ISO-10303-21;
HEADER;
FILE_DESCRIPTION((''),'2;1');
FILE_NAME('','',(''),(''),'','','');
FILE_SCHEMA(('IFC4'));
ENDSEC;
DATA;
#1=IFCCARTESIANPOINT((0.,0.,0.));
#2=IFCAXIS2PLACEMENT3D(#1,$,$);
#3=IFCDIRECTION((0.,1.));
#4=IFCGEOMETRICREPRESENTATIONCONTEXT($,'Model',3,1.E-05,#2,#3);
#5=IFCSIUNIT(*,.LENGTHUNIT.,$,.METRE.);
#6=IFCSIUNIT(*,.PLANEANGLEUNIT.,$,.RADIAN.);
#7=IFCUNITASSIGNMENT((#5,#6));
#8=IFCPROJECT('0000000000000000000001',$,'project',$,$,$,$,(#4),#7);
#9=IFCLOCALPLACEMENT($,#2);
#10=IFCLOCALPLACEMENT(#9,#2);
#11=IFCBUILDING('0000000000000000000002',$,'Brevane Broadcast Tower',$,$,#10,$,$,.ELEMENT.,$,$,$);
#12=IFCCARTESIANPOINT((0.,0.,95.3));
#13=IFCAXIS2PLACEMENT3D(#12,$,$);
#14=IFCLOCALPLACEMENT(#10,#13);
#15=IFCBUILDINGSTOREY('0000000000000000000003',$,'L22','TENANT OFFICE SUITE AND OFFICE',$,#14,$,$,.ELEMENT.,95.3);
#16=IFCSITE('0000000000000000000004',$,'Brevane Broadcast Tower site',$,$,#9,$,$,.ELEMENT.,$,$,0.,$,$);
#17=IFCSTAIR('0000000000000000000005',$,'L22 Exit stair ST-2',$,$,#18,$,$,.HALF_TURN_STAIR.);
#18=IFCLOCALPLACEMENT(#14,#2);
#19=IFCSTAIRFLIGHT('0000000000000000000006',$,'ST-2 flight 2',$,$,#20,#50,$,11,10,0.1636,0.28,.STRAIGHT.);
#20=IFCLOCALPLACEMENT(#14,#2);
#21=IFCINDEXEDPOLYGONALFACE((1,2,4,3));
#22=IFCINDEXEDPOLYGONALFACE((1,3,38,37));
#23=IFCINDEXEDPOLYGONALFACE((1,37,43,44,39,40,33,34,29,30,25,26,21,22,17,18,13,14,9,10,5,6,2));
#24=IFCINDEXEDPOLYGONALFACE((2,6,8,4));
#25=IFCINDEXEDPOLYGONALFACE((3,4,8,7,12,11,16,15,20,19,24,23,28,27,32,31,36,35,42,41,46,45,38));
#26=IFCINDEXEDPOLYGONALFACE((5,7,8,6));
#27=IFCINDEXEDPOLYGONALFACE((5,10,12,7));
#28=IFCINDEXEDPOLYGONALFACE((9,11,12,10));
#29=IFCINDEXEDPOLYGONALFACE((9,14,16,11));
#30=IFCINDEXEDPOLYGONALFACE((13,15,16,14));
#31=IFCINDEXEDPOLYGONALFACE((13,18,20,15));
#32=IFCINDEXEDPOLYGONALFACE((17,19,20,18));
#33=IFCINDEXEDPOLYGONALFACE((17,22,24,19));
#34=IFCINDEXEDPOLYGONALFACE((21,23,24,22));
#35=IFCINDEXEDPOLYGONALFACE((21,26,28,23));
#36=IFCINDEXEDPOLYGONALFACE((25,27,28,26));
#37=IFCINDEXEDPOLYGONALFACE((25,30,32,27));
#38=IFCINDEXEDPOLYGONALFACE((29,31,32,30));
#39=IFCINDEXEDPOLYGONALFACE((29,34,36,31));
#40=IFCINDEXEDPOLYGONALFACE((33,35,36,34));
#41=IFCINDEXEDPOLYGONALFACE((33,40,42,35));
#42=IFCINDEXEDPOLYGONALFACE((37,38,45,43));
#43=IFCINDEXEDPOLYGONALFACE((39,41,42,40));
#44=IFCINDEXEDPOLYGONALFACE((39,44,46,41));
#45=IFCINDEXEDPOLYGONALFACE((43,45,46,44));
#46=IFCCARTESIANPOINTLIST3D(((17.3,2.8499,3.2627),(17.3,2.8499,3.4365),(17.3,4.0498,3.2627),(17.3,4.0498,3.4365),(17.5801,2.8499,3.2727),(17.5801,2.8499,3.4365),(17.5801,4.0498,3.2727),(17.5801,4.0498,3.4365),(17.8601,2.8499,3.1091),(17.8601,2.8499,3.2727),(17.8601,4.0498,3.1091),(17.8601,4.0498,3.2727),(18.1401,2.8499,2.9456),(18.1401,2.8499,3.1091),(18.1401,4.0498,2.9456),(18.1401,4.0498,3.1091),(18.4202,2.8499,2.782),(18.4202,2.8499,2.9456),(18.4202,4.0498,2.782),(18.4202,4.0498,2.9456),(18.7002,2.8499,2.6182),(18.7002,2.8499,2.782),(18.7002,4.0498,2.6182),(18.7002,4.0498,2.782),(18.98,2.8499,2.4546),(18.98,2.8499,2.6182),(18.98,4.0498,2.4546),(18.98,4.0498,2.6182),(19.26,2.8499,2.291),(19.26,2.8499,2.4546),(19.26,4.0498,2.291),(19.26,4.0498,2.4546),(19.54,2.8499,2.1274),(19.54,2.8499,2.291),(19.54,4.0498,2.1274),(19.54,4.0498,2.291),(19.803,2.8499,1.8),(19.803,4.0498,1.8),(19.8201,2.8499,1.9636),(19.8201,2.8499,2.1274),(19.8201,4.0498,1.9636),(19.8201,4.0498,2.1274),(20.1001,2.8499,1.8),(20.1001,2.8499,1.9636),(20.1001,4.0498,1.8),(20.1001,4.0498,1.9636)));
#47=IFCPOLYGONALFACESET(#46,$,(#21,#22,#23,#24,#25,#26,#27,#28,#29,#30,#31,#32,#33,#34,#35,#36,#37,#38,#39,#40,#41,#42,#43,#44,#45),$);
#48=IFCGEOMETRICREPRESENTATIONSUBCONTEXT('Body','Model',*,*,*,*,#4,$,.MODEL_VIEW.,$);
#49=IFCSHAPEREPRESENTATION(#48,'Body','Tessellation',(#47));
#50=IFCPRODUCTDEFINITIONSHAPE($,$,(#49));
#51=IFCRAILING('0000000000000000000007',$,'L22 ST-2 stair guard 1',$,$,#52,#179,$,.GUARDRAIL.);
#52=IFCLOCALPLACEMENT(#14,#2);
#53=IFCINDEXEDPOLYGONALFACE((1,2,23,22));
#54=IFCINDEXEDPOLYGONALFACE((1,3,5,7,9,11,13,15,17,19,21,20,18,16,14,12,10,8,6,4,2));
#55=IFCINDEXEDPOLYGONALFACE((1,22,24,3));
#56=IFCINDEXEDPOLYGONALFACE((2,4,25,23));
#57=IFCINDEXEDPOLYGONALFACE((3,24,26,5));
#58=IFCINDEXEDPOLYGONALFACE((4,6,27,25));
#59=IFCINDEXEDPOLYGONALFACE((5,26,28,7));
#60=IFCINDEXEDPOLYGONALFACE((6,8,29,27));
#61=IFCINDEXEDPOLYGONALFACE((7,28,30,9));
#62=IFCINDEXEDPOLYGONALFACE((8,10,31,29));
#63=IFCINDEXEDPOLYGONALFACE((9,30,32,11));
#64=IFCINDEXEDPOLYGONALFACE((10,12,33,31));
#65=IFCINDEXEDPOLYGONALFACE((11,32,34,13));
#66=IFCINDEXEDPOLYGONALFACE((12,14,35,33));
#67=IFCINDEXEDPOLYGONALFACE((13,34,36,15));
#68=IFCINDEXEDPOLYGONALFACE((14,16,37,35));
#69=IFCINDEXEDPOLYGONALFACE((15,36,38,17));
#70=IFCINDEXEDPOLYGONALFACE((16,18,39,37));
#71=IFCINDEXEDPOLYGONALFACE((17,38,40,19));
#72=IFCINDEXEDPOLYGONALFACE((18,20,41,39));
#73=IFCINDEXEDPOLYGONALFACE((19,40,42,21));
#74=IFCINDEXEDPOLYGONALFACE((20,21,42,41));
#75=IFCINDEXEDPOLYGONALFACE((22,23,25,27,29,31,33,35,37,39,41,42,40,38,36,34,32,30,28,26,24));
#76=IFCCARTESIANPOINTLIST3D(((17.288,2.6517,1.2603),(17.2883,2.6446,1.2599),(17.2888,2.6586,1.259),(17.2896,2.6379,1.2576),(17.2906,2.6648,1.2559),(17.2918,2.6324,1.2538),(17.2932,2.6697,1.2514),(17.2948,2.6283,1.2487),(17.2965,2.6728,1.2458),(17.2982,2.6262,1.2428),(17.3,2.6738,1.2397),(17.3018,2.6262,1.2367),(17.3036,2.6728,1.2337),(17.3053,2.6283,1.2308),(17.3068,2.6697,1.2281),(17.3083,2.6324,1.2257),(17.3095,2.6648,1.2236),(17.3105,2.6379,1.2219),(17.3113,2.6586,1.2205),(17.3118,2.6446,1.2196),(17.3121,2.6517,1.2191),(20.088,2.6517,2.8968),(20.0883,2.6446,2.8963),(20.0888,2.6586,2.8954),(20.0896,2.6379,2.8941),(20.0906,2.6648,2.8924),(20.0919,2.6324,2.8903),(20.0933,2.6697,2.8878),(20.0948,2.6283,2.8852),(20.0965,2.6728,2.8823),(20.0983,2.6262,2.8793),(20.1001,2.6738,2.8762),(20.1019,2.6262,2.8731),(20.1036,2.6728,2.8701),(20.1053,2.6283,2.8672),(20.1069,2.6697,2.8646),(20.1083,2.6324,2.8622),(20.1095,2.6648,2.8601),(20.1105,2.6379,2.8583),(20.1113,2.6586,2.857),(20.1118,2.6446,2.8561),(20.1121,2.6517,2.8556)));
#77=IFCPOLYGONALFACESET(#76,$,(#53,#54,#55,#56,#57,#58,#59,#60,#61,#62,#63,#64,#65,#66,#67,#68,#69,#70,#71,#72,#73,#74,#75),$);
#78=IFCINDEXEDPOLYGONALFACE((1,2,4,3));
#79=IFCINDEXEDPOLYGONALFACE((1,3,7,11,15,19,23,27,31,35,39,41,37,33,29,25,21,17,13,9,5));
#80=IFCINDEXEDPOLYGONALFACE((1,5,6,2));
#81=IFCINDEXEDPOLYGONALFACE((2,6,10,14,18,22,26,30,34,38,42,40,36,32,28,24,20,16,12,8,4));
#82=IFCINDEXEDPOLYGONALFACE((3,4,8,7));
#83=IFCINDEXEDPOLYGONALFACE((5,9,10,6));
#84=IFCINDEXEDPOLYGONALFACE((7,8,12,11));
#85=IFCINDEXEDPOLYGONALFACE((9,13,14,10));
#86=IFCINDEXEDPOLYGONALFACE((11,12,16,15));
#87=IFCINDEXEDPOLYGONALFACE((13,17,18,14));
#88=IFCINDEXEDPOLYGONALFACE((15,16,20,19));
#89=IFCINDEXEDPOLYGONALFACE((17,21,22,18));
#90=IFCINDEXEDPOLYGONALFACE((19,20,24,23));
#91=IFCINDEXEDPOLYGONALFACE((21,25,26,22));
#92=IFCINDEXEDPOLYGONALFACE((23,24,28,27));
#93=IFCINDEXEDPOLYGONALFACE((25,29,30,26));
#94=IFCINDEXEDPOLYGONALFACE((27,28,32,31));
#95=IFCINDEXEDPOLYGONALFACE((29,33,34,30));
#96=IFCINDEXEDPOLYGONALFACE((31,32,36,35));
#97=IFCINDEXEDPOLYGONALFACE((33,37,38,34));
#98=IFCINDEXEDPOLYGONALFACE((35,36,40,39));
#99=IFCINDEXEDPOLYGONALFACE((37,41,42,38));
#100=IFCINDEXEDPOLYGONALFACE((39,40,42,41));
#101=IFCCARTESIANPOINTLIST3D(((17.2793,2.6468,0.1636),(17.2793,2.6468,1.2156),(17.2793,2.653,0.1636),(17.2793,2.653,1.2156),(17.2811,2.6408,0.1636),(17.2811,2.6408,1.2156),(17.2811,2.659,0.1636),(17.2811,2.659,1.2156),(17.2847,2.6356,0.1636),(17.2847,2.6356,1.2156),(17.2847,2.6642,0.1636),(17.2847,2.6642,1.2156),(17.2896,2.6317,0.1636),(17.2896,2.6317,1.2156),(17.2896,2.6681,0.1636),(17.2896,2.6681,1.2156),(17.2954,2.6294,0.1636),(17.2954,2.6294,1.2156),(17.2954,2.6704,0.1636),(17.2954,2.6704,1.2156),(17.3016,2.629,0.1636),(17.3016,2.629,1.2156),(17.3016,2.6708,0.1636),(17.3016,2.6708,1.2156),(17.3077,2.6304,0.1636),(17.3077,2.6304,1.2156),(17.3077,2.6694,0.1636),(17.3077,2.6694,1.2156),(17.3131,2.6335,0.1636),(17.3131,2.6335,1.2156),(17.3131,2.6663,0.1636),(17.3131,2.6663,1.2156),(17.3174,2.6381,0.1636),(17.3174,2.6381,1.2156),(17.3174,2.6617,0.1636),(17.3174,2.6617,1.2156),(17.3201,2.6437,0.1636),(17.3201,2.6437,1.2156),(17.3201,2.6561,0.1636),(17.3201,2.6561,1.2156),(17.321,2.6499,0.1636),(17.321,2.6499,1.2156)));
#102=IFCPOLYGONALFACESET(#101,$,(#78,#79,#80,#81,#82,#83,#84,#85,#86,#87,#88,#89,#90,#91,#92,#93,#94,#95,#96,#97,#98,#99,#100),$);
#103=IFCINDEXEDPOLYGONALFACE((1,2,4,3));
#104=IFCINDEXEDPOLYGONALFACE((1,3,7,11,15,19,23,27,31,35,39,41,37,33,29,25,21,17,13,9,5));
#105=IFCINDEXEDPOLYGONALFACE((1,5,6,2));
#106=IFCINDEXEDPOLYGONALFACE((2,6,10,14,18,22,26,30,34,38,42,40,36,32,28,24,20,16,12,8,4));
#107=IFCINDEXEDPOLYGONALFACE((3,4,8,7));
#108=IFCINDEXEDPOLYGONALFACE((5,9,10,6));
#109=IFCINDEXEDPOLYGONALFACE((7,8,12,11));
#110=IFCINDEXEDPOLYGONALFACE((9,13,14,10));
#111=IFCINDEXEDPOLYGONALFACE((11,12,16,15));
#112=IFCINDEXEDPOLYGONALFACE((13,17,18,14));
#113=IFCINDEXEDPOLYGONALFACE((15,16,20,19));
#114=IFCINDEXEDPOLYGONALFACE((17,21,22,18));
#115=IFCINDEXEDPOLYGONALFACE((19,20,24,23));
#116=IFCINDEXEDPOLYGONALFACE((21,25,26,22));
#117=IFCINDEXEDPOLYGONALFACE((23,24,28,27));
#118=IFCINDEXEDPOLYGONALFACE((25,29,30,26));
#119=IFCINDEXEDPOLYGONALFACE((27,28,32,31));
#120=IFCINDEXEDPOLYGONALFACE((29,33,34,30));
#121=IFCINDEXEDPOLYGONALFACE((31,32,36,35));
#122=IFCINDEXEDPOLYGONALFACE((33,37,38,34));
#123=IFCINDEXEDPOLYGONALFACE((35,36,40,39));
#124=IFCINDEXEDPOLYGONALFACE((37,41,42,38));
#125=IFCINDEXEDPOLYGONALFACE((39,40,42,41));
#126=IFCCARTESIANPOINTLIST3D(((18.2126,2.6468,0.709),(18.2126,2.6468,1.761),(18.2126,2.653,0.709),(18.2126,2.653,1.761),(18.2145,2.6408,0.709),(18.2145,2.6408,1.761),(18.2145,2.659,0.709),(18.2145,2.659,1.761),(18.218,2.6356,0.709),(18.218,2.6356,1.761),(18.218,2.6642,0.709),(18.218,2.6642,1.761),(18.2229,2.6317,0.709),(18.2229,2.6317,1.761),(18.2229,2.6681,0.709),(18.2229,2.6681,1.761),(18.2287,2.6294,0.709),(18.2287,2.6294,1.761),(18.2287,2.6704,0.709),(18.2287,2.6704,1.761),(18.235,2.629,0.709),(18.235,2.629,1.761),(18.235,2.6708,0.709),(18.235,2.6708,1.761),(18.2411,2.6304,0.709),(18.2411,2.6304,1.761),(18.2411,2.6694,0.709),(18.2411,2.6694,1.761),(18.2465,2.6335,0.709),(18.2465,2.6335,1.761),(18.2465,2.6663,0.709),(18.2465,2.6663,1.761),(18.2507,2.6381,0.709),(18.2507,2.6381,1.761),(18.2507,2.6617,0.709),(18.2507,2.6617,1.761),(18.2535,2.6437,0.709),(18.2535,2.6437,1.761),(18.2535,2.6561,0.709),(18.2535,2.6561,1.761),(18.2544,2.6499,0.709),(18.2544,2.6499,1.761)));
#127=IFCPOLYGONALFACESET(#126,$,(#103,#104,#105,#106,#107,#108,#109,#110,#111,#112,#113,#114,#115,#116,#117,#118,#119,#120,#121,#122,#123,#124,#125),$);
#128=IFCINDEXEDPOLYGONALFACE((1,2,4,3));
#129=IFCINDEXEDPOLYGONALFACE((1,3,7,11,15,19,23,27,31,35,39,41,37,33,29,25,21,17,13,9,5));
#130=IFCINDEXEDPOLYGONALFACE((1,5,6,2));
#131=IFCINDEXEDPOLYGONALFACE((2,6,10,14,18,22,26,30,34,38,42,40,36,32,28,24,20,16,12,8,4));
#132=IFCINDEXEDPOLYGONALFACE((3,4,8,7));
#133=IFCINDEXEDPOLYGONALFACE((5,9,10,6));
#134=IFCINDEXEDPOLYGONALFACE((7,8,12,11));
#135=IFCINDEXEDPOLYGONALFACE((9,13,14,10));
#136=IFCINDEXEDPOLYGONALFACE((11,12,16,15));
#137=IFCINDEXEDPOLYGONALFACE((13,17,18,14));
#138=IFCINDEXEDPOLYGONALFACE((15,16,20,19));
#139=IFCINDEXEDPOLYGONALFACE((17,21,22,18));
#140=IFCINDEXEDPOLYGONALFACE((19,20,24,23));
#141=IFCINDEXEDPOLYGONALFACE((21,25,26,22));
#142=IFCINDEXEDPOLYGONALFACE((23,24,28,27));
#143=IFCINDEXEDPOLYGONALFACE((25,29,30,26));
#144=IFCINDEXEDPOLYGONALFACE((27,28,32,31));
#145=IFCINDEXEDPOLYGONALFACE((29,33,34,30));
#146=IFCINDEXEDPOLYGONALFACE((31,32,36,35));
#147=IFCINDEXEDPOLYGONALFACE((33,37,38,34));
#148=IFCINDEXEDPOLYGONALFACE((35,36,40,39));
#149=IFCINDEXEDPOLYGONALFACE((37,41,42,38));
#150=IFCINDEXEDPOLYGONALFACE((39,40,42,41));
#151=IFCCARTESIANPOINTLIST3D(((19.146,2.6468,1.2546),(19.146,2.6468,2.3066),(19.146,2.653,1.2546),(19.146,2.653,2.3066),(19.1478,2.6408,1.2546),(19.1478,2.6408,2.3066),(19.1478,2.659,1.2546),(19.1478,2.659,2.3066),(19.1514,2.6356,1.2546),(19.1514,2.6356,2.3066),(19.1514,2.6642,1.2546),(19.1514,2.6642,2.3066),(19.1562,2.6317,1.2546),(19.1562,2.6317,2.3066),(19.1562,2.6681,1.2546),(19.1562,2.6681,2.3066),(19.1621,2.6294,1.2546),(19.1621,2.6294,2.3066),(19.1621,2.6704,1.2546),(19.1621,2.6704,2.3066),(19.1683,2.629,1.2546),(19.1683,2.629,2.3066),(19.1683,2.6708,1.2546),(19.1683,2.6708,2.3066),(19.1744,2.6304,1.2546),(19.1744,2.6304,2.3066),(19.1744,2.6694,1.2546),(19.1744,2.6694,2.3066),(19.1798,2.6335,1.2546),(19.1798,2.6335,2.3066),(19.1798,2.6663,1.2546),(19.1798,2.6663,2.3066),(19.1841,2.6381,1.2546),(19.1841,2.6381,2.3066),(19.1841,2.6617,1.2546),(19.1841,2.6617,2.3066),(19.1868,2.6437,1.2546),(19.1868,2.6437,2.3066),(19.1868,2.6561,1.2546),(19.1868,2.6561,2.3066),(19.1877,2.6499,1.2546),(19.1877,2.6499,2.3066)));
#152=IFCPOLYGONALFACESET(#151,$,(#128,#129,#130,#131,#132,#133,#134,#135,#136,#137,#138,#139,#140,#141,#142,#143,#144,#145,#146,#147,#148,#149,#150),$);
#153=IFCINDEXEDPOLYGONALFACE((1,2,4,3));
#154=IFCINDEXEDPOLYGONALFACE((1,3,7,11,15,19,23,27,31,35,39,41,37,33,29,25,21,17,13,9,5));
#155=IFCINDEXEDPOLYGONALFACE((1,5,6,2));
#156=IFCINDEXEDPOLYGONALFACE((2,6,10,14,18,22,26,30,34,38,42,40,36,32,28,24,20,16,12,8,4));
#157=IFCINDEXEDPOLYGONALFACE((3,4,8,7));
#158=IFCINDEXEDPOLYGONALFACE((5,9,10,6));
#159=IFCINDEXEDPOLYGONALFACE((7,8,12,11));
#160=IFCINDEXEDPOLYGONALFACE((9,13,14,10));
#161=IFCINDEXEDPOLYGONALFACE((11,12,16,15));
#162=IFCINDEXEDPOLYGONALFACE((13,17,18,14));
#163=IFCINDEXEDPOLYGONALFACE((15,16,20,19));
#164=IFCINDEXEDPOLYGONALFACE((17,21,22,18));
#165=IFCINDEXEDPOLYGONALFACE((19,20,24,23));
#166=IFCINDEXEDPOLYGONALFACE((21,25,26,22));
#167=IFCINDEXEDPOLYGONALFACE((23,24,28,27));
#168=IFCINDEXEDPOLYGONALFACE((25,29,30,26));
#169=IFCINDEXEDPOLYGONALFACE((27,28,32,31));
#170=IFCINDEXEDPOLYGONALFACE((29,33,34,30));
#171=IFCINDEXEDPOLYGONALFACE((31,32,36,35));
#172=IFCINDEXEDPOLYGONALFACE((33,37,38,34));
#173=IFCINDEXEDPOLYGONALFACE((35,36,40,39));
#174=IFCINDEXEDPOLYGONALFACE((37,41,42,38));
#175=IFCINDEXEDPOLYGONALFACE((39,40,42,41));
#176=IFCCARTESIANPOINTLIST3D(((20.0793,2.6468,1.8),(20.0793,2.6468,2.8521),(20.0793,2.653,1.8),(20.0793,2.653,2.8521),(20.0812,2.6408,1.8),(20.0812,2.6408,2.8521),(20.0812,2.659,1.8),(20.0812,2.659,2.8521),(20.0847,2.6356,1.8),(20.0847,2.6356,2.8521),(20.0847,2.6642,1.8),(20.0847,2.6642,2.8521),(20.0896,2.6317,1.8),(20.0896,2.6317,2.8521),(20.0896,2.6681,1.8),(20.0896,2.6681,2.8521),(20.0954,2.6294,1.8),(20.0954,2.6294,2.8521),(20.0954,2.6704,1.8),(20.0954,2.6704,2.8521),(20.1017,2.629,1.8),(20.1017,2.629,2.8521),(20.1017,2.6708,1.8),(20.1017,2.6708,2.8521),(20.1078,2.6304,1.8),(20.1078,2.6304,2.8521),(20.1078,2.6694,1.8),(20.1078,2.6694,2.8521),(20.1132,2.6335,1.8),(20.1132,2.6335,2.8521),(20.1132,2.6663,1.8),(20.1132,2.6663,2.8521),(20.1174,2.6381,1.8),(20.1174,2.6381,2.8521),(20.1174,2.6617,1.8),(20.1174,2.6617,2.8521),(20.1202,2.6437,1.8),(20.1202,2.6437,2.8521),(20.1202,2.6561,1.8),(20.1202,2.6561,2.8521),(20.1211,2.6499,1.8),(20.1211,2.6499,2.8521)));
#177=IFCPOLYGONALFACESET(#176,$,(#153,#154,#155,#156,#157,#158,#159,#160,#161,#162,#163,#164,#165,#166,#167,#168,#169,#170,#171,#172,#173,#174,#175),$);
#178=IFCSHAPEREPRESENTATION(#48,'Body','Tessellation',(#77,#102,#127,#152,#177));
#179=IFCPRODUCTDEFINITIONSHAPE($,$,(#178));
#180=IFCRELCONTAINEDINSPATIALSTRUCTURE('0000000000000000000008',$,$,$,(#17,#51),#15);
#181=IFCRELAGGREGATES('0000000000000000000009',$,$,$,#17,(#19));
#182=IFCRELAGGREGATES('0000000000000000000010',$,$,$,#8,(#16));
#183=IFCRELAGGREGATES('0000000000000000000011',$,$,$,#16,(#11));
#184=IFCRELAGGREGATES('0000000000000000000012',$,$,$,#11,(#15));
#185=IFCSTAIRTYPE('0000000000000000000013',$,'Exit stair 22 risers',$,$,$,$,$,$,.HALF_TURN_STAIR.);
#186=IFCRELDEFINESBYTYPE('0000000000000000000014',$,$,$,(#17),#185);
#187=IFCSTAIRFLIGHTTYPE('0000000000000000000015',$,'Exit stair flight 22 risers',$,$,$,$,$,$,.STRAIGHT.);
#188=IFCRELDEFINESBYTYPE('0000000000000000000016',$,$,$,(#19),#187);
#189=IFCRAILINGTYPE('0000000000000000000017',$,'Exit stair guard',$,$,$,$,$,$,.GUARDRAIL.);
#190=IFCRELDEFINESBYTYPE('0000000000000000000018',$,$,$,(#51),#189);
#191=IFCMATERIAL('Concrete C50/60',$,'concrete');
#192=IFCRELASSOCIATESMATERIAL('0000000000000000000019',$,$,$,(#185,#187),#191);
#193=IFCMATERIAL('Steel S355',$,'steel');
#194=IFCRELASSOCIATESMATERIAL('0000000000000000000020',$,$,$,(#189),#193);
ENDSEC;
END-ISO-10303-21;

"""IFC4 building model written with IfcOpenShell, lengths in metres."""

from ifc_helpers import new_model, si_unit, direction, frame, origin, origin_2d, place, context, subcontext, project, spatial, polyline, circle, outline, extrude, material, type_object, element, aggregate, save


model = new_model("IFC4")

# Units and contexts
model_context = context("Model", 3, precision=1e-05, world=origin(), true_north=direction((0.0, 1.0)))
body_context = subcontext(model_context, "Body", "Model", "MODEL_VIEW")
ifc_project = project(units=[si_unit("LENGTHUNIT", "METRE"), si_unit("PLANEANGLEUNIT", "RADIAN")], contexts=[model_context])

# Site, building, storey
site_placement = place(None, origin())
site = spatial("IfcSite", under=ifc_project, at=site_placement, Name="Brevane Broadcast Tower site", CompositionType="ELEMENT", RefElevation=0.0)
building_placement = place(site_placement, origin())
building = spatial("IfcBuilding", under=site, at=building_placement, Name="Brevane Broadcast Tower", CompositionType="ELEMENT")
storey_placement = place(building_placement, frame((0.0, 0.0, 95.3)))
storey = spatial("IfcBuildingStorey", under=building, at=storey_placement, Name="L22", Description="TENANT OFFICE SUITE AND OFFICE", CompositionType="ELEMENT", Elevation=95.3)

# Stair, stair flight
ifc_material_1 = material(Name="Concrete C50/60", Category="concrete")
stair_type = type_object("IfcStairType", Name="Exit stair 22 risers", PredefinedType="HALF_TURN_STAIR", material=ifc_material_1)
stair_placement = place(storey_placement, origin())
stair = element("IfcStair", 1, at=stair_placement, inside=storey, type_object=stair_type, Name="L22 Exit stair ST-2", PredefinedType="HALF_TURN_STAIR")
stair_flight_type = type_object("IfcStairFlightType", Name="Exit stair flight 22 risers", PredefinedType="STRAIGHT", material=ifc_material_1)
stair_flight_1_placement = place(storey_placement, frame((20.1001, 3.45, 1.8), z_axis=(0.0, 0.0, 1.0), x_axis=(-1.0, 0.0, 0.0)))
stair_flight_1 = element("IfcStairFlight", 2, at=stair_flight_1_placement, type_object=stair_flight_type, Name="ST-2 flight 2", NumberOfRisers=11, NumberOfTreads=10, PredefinedType="STRAIGHT", RiserHeight=0.1636, TreadLength=0.28, context=body_context, shape_type="SweptSolid", body=[
    extrude(outline(polyline([(0.0, 0.0), (0.0, 0.1636), (0.28, 0.1636), (0.28, 0.3274), (0.5601, 0.3274), (0.5601, 0.491), (0.8401, 0.491), (0.8401, 0.6545), (1.1201, 0.6545), (1.1201, 0.8181), (1.3999, 0.8181), (1.3999, 0.9819), (1.6799, 0.9819), (1.6799, 1.1455), (1.96, 1.1455), (1.96, 1.3091), (2.24, 1.3091), (2.24, 1.4727), (2.52, 1.4727), (2.52, 1.6365), (2.8, 1.6365), (2.8, 1.8), (2.8, 1.4626), (0.2971, 0.0), (0.0, 0.0)])), frame((0.0, 0.6001, 0.0), z_axis=(0.0, -1.0, 0.0), x_axis=(1.0, 0.0, 0.0)), (0.0, 0.0, 1.0), 1.2),
])
aggregate(stair, [stair_flight_1])

# Railing
ifc_material_2 = material(Name="Steel S355", Category="steel")
railing_type_1 = type_object("IfcRailingType", Name="Exit stair guard", PredefinedType="GUARDRAIL", material=ifc_material_2)
railing_1_placement = place(storey_placement, frame((17.3, 2.6499, 0.1636)))
element("IfcRailing", 3, at=railing_1_placement, inside=storey, type_object=railing_type_1, Name="L22 ST-2 stair guard 1", PredefinedType="GUARDRAIL", context=body_context, shape_type="SweptSolid", body=[
    extrude(circle(Radius=0.0239, at=origin_2d()), frame((0.0, 0.0, 1.0762), z_axis=(0.863361, 0.0, 0.504587), x_axis=(0.0, 1.0, 0.0)), (0.0, 0.0, 1.0), 3.2432),
    extrude(circle(Radius=0.021, at=origin_2d()), origin(), (0.0, 0.0, 1.0), 1.052),
    extrude(circle(Radius=0.021, at=origin_2d()), frame((0.9333, 0.0, 0.5454)), (0.0, 0.0, 1.0), 1.052),
    extrude(circle(Radius=0.021, at=origin_2d()), frame((1.8667, 0.0, 1.0911)), (0.0, 0.0, 1.0), 1.052),
    extrude(circle(Radius=0.021, at=origin_2d()), frame((2.8, 0.0, 1.6365)), (0.0, 0.0, 1.0), 1.052),
])

save(model, "model.ifc")
